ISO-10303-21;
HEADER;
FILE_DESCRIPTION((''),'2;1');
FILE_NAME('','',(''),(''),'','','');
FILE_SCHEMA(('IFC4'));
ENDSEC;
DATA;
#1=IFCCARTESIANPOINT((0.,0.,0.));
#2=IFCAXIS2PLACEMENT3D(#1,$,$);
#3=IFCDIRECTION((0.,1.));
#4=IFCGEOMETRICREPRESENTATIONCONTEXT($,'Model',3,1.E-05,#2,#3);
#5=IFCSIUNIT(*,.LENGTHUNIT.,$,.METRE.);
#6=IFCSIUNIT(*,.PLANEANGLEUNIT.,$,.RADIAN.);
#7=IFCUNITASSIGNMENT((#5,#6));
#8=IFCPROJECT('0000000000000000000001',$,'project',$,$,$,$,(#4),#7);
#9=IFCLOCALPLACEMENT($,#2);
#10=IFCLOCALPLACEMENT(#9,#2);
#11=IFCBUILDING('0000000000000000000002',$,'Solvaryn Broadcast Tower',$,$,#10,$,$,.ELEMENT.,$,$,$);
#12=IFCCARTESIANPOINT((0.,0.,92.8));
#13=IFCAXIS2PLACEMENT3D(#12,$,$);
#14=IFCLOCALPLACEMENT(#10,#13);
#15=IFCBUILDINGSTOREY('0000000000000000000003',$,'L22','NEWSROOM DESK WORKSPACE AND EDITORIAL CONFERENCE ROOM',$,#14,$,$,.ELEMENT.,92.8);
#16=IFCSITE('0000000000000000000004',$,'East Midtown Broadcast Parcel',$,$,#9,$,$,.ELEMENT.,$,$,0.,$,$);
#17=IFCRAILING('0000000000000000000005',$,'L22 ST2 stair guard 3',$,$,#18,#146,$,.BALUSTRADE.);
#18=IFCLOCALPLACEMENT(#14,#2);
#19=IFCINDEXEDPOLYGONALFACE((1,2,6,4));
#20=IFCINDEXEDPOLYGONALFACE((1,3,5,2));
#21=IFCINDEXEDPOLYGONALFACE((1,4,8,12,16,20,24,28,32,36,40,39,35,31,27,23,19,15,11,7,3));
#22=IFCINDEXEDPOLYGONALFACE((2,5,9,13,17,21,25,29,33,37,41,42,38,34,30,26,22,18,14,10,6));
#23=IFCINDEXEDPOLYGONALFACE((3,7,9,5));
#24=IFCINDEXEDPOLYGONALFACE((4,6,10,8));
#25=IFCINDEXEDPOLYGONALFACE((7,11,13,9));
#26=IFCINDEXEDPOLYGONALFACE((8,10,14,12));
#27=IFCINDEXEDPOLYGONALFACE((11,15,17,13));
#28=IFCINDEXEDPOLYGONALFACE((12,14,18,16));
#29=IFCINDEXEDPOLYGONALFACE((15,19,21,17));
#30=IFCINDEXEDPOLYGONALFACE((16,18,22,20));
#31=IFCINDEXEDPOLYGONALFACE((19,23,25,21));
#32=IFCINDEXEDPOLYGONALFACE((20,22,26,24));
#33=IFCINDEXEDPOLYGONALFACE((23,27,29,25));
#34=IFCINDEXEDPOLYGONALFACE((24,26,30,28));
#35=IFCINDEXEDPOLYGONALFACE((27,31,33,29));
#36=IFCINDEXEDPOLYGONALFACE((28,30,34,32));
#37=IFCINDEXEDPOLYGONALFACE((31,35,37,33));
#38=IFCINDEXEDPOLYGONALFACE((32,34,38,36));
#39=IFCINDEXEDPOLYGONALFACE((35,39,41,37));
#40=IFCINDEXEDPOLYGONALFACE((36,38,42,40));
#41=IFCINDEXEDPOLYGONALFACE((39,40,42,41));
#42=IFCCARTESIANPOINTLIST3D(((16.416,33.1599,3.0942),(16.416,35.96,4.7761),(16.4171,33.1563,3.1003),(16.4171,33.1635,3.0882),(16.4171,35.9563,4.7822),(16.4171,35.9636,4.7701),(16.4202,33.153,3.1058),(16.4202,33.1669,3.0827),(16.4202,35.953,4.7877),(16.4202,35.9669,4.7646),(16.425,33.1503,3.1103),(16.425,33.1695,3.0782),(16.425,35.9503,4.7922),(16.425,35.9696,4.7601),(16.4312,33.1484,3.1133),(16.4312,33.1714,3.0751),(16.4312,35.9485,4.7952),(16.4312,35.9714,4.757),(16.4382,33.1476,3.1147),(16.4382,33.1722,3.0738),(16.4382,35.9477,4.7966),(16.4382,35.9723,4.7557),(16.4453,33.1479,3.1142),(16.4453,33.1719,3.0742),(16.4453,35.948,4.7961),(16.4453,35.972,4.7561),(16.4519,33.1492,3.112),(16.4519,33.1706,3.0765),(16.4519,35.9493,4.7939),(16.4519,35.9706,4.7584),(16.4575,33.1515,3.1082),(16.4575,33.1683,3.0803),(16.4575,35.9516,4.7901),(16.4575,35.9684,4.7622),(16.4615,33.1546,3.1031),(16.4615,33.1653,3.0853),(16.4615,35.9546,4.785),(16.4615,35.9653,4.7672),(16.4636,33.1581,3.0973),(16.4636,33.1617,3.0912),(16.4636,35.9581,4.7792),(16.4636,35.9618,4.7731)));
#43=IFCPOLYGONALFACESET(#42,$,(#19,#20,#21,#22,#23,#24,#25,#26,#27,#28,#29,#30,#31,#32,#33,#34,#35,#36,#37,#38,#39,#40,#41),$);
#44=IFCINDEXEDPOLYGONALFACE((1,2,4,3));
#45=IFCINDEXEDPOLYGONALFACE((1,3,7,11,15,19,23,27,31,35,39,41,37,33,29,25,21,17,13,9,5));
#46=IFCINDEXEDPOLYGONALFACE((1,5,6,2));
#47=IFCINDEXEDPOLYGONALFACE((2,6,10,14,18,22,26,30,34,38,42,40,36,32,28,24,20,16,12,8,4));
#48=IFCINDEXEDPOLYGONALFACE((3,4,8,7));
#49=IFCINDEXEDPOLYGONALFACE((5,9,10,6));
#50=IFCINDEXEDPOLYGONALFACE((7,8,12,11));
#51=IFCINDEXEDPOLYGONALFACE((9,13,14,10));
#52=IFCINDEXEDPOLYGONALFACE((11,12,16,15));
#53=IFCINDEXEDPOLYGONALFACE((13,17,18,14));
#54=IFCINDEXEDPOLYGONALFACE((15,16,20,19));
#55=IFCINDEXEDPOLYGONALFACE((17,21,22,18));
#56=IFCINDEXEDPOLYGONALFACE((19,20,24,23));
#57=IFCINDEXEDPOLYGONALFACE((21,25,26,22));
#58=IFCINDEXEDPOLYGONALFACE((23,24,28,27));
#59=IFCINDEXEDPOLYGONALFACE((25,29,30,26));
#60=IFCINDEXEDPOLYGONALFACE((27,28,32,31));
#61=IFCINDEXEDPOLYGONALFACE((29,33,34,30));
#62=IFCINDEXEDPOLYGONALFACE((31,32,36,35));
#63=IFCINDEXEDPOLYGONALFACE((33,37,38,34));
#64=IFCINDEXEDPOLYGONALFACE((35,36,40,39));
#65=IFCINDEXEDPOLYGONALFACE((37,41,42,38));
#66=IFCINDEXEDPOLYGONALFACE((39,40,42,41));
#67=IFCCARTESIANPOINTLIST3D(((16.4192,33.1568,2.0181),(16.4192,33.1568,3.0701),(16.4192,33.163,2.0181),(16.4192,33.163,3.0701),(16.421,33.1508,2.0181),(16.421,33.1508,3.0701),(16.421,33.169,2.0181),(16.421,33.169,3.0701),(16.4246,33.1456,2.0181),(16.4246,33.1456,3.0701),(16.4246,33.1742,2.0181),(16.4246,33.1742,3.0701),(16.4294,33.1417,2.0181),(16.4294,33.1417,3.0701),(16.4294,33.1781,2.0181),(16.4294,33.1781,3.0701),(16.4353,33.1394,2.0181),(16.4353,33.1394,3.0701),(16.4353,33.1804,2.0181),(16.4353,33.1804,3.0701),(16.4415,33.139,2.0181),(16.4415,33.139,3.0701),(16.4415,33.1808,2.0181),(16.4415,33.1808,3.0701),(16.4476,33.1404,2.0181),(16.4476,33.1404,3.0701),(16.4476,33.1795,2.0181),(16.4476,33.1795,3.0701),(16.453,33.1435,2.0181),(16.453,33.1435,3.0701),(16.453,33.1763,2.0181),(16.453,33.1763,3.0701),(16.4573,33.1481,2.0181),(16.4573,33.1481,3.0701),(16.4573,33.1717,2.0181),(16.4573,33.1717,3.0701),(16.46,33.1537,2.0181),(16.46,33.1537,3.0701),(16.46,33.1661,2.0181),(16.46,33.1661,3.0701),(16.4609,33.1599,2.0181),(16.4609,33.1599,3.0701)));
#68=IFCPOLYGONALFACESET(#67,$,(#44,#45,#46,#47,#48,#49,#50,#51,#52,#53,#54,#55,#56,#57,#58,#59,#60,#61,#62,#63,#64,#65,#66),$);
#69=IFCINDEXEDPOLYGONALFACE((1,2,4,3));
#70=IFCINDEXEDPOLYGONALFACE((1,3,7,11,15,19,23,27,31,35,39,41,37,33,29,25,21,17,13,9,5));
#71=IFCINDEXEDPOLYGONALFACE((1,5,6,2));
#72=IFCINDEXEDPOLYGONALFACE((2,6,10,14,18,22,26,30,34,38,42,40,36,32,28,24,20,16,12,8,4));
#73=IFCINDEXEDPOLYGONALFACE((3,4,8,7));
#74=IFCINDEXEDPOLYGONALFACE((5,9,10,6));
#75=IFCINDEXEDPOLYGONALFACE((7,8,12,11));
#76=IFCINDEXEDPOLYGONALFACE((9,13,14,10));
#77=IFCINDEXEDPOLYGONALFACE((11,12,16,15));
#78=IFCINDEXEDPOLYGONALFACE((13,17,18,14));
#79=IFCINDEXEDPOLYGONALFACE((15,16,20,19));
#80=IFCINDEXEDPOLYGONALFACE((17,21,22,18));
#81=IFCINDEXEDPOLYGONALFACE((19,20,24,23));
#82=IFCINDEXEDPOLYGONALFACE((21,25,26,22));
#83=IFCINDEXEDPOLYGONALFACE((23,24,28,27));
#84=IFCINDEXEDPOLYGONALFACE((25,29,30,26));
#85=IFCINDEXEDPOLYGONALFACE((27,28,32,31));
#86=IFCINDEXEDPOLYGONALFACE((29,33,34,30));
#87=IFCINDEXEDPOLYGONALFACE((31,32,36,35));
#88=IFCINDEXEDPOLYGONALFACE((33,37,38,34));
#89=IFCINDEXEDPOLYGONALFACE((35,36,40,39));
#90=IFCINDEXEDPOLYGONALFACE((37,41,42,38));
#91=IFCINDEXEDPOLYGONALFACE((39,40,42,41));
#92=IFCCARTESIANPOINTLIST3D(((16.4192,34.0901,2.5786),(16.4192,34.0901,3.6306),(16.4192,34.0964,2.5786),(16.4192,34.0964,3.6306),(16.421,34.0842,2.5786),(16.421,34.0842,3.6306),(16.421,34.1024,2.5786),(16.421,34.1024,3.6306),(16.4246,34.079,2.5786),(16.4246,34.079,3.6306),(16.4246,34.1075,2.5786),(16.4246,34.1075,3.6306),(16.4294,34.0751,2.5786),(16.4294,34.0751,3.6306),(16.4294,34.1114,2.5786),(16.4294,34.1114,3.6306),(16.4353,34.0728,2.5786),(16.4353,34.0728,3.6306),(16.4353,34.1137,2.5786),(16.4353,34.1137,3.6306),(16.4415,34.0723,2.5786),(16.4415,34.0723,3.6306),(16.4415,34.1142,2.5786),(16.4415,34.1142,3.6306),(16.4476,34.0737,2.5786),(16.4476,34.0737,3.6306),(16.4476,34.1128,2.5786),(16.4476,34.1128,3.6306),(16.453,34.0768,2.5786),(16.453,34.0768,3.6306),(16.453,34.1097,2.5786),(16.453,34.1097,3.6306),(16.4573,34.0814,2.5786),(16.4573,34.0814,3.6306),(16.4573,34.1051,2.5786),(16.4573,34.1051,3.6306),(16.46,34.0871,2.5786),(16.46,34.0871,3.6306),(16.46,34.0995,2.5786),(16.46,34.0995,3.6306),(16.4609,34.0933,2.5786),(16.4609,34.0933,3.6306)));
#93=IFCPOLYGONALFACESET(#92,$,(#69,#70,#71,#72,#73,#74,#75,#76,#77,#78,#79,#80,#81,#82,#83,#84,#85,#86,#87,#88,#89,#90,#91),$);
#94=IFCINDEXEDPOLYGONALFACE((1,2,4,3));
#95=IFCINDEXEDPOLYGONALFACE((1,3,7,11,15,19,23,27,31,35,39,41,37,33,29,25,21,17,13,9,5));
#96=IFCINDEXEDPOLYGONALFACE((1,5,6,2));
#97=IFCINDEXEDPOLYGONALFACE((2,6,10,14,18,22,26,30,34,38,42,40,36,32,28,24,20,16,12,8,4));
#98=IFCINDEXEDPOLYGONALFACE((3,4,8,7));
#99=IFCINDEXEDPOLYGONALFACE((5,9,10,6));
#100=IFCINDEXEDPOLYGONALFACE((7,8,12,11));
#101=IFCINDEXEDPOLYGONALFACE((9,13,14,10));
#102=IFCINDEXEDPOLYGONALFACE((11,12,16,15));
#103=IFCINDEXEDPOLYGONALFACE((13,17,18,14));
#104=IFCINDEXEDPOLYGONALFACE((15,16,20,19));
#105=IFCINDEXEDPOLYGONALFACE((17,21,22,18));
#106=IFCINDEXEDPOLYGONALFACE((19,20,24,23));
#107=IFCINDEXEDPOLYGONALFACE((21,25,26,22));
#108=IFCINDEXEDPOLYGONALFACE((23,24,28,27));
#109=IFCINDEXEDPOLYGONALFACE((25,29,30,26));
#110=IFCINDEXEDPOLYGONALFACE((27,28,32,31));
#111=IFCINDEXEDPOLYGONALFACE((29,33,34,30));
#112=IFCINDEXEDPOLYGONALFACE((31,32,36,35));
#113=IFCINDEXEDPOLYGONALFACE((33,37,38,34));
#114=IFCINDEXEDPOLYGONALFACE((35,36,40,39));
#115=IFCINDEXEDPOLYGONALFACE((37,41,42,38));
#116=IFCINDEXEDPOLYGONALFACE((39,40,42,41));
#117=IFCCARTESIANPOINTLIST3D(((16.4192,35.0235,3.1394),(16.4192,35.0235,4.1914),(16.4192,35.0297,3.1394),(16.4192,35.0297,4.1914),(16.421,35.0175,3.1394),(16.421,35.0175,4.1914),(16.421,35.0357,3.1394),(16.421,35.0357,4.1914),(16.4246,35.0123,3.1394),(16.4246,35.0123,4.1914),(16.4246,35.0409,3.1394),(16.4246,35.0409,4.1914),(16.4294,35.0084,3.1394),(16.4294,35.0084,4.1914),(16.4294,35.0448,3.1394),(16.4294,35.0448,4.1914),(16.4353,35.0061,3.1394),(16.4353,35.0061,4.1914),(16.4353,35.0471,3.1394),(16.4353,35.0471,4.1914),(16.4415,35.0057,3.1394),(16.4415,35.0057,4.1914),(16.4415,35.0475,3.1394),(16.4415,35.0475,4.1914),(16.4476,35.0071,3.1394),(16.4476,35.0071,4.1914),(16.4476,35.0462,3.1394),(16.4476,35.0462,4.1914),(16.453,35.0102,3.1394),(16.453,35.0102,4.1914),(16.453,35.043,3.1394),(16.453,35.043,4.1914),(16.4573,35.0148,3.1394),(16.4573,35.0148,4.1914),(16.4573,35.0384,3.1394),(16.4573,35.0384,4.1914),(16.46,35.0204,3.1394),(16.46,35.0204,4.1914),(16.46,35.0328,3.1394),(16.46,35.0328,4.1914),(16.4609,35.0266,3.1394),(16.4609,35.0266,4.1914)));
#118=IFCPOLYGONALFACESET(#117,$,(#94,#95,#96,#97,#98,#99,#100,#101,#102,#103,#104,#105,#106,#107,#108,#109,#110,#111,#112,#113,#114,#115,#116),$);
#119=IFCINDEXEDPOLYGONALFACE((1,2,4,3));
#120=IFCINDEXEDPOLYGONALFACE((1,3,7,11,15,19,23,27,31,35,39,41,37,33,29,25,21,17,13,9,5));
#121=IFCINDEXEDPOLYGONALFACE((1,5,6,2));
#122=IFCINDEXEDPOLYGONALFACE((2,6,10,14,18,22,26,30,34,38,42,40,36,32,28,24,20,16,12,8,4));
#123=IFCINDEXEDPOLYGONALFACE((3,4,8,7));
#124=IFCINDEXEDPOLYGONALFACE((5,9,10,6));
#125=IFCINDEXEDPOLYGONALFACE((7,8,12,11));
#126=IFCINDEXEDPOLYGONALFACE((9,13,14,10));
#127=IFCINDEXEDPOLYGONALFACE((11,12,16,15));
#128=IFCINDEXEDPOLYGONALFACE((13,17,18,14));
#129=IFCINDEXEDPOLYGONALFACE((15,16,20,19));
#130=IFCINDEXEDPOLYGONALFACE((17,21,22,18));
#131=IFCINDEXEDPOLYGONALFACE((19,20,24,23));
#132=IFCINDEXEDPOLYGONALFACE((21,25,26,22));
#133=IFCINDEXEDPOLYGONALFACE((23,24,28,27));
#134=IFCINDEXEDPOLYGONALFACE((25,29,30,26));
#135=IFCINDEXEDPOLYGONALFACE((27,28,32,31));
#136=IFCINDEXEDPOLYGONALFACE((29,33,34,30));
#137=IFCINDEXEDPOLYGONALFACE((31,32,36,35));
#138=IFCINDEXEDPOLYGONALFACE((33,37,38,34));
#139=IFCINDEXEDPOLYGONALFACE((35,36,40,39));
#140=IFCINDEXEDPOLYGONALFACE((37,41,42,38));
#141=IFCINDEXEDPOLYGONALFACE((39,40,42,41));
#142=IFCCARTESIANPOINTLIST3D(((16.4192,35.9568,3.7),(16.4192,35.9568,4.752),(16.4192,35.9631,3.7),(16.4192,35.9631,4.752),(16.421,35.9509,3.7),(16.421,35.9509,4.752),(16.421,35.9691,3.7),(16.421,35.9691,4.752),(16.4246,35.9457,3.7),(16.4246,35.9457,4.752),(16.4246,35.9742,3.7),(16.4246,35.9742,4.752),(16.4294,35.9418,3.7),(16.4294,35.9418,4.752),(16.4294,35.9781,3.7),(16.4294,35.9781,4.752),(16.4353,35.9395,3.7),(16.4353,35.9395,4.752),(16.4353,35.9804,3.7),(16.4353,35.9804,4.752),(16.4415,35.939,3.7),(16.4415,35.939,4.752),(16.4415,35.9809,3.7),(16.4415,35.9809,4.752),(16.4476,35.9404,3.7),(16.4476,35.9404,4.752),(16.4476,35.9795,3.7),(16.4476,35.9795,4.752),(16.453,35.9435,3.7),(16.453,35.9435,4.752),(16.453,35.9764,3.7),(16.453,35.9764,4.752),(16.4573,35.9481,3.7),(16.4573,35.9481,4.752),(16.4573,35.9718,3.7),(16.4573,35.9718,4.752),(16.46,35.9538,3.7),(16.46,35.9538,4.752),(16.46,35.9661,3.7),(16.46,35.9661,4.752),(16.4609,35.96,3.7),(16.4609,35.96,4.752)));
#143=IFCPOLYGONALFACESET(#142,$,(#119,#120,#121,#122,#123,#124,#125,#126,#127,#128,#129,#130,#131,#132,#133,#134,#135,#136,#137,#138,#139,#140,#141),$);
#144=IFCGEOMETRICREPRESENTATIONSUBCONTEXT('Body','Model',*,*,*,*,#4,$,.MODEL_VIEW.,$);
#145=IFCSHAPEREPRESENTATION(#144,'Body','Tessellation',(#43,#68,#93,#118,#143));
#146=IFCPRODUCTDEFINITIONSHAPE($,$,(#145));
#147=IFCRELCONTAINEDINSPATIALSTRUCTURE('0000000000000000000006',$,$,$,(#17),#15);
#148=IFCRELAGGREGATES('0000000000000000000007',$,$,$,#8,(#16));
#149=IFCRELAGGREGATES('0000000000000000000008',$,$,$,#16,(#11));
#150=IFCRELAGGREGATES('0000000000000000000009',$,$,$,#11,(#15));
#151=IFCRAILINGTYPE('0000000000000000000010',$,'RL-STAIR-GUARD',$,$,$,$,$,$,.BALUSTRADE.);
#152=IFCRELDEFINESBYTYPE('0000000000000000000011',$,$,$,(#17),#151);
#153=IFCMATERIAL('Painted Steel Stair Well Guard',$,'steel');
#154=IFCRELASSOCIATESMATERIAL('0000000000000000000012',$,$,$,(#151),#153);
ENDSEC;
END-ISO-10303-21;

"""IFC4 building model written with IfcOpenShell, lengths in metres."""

from ifc_helpers import new_model, si_unit, direction, frame, origin, origin_2d, place, context, subcontext, project, spatial, circle, extrude, material, type_object, element, save


model = new_model("IFC4")

# Units and contexts
model_context = context("Model", 3, precision=1e-05, world=origin(), true_north=direction((0.0, 1.0)))
body_context = subcontext(model_context, "Body", "Model", "MODEL_VIEW")
ifc_project = project(units=[si_unit("LENGTHUNIT", "METRE"), si_unit("PLANEANGLEUNIT", "RADIAN")], contexts=[model_context])

# Site, building, storey
site_placement = place(None, origin())
site = spatial("IfcSite", under=ifc_project, at=site_placement, Name="East Midtown Broadcast Parcel", CompositionType="ELEMENT", RefElevation=0.0)
building_placement = place(site_placement, origin())
building = spatial("IfcBuilding", under=site, at=building_placement, Name="Solvaryn Broadcast Tower", CompositionType="ELEMENT")
storey_placement = place(building_placement, frame((0.0, 0.0, 92.8)))
storey = spatial("IfcBuildingStorey", under=building, at=storey_placement, Name="L22", Description="NEWSROOM DESK WORKSPACE AND EDITORIAL CONFERENCE ROOM", CompositionType="ELEMENT", Elevation=92.8)

# Railing
ifc_material_1 = material(Name="Painted Steel Stair Well Guard", Category="steel")
railing_type_1 = type_object("IfcRailingType", Name="RL-STAIR-GUARD", PredefinedType="BALUSTRADE", material=ifc_material_1)
railing_1_placement = place(storey_placement, frame((16.4399, 33.1599, 2.0181)))
element("IfcRailing", 1, at=railing_1_placement, inside=storey, type_object=railing_type_1, Name="L22 ST2 stair guard 3", PredefinedType="BALUSTRADE", context=body_context, shape_type="SweptSolid", body=[
    extrude(circle(Radius=0.0239, at=origin_2d()), frame((0.0, 0.0, 1.0762), z_axis=(0.0, 0.857242, 0.514913), x_axis=(-1.0, 0.0, 0.0)), (0.0, 0.0, 1.0), 3.2664),
    extrude(circle(Radius=0.021, at=origin_2d()), origin(), (0.0, 0.0, 1.0), 1.052),
    extrude(circle(Radius=0.021, at=origin_2d()), frame((0.0, 0.9333, 0.5605)), (0.0, 0.0, 1.0), 1.052),
    extrude(circle(Radius=0.021, at=origin_2d()), frame((0.0, 1.8667, 1.1213)), (0.0, 0.0, 1.0), 1.052),
    extrude(circle(Radius=0.021, at=origin_2d()), frame((0.0, 2.8, 1.6819)), (0.0, 0.0, 1.0), 1.052),
])

save(model, "model.ifc")
